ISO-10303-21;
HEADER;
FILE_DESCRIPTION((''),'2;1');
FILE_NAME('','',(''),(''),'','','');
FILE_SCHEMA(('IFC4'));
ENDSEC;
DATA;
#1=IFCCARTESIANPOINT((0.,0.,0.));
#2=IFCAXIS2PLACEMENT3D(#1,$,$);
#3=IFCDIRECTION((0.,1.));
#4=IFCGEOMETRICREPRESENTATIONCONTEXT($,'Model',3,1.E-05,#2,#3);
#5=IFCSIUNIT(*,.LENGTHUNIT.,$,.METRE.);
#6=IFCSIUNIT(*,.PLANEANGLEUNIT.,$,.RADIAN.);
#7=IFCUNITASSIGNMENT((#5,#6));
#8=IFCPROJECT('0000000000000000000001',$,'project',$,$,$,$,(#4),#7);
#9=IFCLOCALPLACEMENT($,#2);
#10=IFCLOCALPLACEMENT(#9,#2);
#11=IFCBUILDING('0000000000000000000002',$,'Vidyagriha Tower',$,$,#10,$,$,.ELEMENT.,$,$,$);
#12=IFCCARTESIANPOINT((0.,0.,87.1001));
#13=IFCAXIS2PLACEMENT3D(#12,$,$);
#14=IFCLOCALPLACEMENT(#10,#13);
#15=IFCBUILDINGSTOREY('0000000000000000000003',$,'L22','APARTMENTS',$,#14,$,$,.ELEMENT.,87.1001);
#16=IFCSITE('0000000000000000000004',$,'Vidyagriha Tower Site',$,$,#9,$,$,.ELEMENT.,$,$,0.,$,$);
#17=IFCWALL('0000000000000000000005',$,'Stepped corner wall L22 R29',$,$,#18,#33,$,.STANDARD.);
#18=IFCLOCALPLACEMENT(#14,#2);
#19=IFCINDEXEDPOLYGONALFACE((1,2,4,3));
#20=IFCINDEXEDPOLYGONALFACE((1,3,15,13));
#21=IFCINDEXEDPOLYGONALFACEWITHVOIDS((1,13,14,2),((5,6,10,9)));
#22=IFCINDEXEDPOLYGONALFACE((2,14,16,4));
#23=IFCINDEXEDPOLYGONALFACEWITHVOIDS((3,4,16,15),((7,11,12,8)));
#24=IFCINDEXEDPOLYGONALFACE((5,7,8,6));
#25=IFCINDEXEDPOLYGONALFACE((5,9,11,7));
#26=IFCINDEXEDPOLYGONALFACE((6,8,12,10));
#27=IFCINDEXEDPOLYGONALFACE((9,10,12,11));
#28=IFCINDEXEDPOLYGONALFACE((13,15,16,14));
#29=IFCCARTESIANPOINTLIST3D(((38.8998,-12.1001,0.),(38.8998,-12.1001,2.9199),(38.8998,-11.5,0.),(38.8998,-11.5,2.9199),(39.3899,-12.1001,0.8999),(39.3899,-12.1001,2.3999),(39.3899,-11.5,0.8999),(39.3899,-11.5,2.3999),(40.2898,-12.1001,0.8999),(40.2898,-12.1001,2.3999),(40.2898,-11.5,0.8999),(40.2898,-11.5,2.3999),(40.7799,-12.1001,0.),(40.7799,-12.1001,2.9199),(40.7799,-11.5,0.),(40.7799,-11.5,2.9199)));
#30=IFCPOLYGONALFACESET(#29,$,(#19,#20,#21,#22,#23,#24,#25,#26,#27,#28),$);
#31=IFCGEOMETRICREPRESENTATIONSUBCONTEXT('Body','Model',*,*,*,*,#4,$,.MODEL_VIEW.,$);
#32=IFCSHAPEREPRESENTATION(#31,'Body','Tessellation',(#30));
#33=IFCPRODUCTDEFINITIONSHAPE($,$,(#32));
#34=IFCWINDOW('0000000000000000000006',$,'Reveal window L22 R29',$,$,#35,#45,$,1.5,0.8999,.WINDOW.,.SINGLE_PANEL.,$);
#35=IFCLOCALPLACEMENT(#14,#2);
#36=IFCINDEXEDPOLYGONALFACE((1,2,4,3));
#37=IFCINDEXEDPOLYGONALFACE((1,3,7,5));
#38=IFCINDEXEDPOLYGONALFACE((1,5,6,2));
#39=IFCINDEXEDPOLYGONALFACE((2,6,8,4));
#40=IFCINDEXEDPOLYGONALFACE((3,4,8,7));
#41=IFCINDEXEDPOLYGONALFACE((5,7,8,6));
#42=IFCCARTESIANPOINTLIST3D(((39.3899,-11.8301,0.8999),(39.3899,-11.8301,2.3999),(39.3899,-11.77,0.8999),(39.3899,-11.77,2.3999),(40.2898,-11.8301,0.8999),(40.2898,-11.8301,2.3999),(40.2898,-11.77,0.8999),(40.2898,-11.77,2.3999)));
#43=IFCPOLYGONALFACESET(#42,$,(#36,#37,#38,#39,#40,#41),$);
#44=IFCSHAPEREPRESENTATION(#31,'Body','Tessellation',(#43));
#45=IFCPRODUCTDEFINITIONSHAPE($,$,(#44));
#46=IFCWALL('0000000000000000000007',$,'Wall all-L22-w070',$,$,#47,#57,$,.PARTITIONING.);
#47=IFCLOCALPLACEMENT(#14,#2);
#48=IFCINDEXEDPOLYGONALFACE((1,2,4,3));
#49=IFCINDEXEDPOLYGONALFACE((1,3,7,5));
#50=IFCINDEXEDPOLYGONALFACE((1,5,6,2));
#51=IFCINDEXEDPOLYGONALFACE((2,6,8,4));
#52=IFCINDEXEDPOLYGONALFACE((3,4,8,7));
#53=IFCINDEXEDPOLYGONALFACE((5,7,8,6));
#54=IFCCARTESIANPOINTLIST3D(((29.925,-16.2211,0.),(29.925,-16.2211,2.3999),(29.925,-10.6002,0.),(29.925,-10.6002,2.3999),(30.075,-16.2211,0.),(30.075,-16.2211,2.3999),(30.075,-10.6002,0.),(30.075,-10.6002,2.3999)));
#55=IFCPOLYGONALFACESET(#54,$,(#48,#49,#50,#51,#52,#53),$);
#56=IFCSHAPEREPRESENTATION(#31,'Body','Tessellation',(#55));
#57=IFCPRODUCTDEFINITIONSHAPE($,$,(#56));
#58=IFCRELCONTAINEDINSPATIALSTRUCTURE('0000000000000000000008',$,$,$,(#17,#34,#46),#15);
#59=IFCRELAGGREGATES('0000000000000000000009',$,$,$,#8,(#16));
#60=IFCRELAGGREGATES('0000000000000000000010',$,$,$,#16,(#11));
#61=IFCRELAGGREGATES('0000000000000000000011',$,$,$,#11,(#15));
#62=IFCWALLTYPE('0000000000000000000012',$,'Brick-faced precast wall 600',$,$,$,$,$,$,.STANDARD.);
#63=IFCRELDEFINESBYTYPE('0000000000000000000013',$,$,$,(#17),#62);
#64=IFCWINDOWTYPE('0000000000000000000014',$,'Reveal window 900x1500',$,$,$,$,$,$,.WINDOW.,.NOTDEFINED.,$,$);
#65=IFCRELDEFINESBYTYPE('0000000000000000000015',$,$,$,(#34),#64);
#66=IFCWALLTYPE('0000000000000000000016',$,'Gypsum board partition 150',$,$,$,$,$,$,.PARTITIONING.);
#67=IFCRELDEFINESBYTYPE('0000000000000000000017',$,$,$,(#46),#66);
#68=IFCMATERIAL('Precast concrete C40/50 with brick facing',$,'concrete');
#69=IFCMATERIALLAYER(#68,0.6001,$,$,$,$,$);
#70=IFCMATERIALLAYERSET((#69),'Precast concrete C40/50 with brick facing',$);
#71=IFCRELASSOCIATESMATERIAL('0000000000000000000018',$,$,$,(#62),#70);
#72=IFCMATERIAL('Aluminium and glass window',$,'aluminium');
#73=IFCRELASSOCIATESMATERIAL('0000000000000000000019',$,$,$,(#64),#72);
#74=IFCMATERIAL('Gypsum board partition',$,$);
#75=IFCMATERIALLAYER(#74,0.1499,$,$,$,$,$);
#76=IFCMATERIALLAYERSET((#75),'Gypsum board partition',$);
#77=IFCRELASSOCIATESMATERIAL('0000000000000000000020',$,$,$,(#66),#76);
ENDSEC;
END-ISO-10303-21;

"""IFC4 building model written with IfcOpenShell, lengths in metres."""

from ifc_helpers import new_model, si_unit, direction, frame, frame_2d, origin, place, context, subcontext, project, spatial, rectangle, extrude, material, layer, layer_set, type_object, element, fill, save


model = new_model("IFC4")

# Units and contexts
model_context = context("Model", 3, precision=1e-05, world=origin(), true_north=direction((0.0, 1.0)))
body_context = subcontext(model_context, "Body", "Model", "MODEL_VIEW")
ifc_project = project(units=[si_unit("LENGTHUNIT", "METRE"), si_unit("PLANEANGLEUNIT", "RADIAN")], contexts=[model_context])

# Site, building, storey
site_placement = place(None, origin())
site = spatial("IfcSite", under=ifc_project, at=site_placement, Name="Vidyagriha Tower Site", CompositionType="ELEMENT", RefElevation=0.0)
building_placement = place(site_placement, origin())
building = spatial("IfcBuilding", under=site, at=building_placement, Name="Vidyagriha Tower", CompositionType="ELEMENT")
storey_placement = place(building_placement, frame((0.0, 0.0, 87.1001)))
storey = spatial("IfcBuildingStorey", under=building, at=storey_placement, Name="L22", Description="APARTMENTS", CompositionType="ELEMENT", Elevation=87.1001)

# Shared definitions
ifc_material_1 = material(Name="Precast concrete C40/50 with brick facing", Category="concrete")
ifc_layer_1 = layer(ifc_material_1, 0.6001)
ifc_layer_set_1 = layer_set([ifc_layer_1], Name="Precast concrete C40/50 with brick facing")
wall_type_1 = type_object("IfcWallType", Name="Brick-faced precast wall 600", PredefinedType="STANDARD", material=ifc_layer_set_1)

# Shared definitions
ifc_material_2 = material(Name="Aluminium and glass window", Category="aluminium")
window_type = type_object("IfcWindowType", Name="Reveal window 900x1500", PartitioningType="NOTDEFINED", PredefinedType="WINDOW", material=ifc_material_2)

# Wall, opening, window
wall_1_placement = place(storey_placement, frame((38.8999, -11.8, 0.0)))
wall_1 = element("IfcWall", 1, at=wall_1_placement, inside=storey, type_object=wall_type_1, Name="Stepped corner wall L22 R29", PredefinedType="STANDARD", context=body_context, shape_type="SweptSolid", body=[
    extrude(rectangle(XDim=1.8801, YDim=0.6001, at=frame_2d((0.9399, 0.0))), origin(), (0.0, 0.0, 1.0), 2.9199),
])
opening_1_placement = place(wall_1_placement, frame((0.49, 0.0, 0.8999)))
opening_1 = element("IfcOpeningElement", 2, at=opening_1_placement, cuts=wall_1, PredefinedType="OPENING", context=body_context, shape_type="SweptSolid", body=[
    extrude(rectangle(XDim=0.8999, YDim=1.5, at=frame_2d((0.45, 0.75))), frame((0.0, 0.3101, 0.0), z_axis=(0.0, -1.0, 0.0), x_axis=(1.0, 0.0, 0.0)), (0.0, 0.0, 1.0), 0.6201),
])
window_1_placement = place(opening_1_placement, origin())
window_1 = element("IfcWindow", 3, at=window_1_placement, inside=storey, type_object=window_type, Name="Reveal window L22 R29", OverallHeight=1.5, OverallWidth=0.8999, PartitioningType="SINGLE_PANEL", PredefinedType="WINDOW", context=body_context, shape_type="SweptSolid", body=[
    extrude(rectangle(XDim=0.8999, YDim=1.5, at=frame_2d((0.45, 0.75))), frame((0.0, 0.03, 0.0), z_axis=(0.0, -1.0, 0.0), x_axis=(1.0, 0.0, 0.0)), (0.0, 0.0, 1.0), 0.0601),
])
fill(opening_1, window_1)

# Wall
ifc_material_3 = material(Name="Gypsum board partition")
ifc_layer_2 = layer(ifc_material_3, 0.1499)
ifc_layer_set_2 = layer_set([ifc_layer_2], Name="Gypsum board partition")
wall_type_2 = type_object("IfcWallType", Name="Gypsum board partition 150", PredefinedType="PARTITIONING", material=ifc_layer_set_2)
wall_2_placement = place(storey_placement, frame((30.0, -10.6001, 0.0), z_axis=(0.0, 0.0, 1.0), x_axis=(0.0, -1.0, 0.0)))
element("IfcWall", 4, at=wall_2_placement, inside=storey, type_object=wall_type_2, Name="Wall all-L22-w070", PredefinedType="PARTITIONING", context=body_context, shape_type="SweptSolid", body=[
    extrude(rectangle(XDim=5.6208, YDim=0.1499, at=frame_2d((2.8105, 0.0))), origin(), (0.0, 0.0, 1.0), 2.3999),
])

save(model, "model.ifc")
